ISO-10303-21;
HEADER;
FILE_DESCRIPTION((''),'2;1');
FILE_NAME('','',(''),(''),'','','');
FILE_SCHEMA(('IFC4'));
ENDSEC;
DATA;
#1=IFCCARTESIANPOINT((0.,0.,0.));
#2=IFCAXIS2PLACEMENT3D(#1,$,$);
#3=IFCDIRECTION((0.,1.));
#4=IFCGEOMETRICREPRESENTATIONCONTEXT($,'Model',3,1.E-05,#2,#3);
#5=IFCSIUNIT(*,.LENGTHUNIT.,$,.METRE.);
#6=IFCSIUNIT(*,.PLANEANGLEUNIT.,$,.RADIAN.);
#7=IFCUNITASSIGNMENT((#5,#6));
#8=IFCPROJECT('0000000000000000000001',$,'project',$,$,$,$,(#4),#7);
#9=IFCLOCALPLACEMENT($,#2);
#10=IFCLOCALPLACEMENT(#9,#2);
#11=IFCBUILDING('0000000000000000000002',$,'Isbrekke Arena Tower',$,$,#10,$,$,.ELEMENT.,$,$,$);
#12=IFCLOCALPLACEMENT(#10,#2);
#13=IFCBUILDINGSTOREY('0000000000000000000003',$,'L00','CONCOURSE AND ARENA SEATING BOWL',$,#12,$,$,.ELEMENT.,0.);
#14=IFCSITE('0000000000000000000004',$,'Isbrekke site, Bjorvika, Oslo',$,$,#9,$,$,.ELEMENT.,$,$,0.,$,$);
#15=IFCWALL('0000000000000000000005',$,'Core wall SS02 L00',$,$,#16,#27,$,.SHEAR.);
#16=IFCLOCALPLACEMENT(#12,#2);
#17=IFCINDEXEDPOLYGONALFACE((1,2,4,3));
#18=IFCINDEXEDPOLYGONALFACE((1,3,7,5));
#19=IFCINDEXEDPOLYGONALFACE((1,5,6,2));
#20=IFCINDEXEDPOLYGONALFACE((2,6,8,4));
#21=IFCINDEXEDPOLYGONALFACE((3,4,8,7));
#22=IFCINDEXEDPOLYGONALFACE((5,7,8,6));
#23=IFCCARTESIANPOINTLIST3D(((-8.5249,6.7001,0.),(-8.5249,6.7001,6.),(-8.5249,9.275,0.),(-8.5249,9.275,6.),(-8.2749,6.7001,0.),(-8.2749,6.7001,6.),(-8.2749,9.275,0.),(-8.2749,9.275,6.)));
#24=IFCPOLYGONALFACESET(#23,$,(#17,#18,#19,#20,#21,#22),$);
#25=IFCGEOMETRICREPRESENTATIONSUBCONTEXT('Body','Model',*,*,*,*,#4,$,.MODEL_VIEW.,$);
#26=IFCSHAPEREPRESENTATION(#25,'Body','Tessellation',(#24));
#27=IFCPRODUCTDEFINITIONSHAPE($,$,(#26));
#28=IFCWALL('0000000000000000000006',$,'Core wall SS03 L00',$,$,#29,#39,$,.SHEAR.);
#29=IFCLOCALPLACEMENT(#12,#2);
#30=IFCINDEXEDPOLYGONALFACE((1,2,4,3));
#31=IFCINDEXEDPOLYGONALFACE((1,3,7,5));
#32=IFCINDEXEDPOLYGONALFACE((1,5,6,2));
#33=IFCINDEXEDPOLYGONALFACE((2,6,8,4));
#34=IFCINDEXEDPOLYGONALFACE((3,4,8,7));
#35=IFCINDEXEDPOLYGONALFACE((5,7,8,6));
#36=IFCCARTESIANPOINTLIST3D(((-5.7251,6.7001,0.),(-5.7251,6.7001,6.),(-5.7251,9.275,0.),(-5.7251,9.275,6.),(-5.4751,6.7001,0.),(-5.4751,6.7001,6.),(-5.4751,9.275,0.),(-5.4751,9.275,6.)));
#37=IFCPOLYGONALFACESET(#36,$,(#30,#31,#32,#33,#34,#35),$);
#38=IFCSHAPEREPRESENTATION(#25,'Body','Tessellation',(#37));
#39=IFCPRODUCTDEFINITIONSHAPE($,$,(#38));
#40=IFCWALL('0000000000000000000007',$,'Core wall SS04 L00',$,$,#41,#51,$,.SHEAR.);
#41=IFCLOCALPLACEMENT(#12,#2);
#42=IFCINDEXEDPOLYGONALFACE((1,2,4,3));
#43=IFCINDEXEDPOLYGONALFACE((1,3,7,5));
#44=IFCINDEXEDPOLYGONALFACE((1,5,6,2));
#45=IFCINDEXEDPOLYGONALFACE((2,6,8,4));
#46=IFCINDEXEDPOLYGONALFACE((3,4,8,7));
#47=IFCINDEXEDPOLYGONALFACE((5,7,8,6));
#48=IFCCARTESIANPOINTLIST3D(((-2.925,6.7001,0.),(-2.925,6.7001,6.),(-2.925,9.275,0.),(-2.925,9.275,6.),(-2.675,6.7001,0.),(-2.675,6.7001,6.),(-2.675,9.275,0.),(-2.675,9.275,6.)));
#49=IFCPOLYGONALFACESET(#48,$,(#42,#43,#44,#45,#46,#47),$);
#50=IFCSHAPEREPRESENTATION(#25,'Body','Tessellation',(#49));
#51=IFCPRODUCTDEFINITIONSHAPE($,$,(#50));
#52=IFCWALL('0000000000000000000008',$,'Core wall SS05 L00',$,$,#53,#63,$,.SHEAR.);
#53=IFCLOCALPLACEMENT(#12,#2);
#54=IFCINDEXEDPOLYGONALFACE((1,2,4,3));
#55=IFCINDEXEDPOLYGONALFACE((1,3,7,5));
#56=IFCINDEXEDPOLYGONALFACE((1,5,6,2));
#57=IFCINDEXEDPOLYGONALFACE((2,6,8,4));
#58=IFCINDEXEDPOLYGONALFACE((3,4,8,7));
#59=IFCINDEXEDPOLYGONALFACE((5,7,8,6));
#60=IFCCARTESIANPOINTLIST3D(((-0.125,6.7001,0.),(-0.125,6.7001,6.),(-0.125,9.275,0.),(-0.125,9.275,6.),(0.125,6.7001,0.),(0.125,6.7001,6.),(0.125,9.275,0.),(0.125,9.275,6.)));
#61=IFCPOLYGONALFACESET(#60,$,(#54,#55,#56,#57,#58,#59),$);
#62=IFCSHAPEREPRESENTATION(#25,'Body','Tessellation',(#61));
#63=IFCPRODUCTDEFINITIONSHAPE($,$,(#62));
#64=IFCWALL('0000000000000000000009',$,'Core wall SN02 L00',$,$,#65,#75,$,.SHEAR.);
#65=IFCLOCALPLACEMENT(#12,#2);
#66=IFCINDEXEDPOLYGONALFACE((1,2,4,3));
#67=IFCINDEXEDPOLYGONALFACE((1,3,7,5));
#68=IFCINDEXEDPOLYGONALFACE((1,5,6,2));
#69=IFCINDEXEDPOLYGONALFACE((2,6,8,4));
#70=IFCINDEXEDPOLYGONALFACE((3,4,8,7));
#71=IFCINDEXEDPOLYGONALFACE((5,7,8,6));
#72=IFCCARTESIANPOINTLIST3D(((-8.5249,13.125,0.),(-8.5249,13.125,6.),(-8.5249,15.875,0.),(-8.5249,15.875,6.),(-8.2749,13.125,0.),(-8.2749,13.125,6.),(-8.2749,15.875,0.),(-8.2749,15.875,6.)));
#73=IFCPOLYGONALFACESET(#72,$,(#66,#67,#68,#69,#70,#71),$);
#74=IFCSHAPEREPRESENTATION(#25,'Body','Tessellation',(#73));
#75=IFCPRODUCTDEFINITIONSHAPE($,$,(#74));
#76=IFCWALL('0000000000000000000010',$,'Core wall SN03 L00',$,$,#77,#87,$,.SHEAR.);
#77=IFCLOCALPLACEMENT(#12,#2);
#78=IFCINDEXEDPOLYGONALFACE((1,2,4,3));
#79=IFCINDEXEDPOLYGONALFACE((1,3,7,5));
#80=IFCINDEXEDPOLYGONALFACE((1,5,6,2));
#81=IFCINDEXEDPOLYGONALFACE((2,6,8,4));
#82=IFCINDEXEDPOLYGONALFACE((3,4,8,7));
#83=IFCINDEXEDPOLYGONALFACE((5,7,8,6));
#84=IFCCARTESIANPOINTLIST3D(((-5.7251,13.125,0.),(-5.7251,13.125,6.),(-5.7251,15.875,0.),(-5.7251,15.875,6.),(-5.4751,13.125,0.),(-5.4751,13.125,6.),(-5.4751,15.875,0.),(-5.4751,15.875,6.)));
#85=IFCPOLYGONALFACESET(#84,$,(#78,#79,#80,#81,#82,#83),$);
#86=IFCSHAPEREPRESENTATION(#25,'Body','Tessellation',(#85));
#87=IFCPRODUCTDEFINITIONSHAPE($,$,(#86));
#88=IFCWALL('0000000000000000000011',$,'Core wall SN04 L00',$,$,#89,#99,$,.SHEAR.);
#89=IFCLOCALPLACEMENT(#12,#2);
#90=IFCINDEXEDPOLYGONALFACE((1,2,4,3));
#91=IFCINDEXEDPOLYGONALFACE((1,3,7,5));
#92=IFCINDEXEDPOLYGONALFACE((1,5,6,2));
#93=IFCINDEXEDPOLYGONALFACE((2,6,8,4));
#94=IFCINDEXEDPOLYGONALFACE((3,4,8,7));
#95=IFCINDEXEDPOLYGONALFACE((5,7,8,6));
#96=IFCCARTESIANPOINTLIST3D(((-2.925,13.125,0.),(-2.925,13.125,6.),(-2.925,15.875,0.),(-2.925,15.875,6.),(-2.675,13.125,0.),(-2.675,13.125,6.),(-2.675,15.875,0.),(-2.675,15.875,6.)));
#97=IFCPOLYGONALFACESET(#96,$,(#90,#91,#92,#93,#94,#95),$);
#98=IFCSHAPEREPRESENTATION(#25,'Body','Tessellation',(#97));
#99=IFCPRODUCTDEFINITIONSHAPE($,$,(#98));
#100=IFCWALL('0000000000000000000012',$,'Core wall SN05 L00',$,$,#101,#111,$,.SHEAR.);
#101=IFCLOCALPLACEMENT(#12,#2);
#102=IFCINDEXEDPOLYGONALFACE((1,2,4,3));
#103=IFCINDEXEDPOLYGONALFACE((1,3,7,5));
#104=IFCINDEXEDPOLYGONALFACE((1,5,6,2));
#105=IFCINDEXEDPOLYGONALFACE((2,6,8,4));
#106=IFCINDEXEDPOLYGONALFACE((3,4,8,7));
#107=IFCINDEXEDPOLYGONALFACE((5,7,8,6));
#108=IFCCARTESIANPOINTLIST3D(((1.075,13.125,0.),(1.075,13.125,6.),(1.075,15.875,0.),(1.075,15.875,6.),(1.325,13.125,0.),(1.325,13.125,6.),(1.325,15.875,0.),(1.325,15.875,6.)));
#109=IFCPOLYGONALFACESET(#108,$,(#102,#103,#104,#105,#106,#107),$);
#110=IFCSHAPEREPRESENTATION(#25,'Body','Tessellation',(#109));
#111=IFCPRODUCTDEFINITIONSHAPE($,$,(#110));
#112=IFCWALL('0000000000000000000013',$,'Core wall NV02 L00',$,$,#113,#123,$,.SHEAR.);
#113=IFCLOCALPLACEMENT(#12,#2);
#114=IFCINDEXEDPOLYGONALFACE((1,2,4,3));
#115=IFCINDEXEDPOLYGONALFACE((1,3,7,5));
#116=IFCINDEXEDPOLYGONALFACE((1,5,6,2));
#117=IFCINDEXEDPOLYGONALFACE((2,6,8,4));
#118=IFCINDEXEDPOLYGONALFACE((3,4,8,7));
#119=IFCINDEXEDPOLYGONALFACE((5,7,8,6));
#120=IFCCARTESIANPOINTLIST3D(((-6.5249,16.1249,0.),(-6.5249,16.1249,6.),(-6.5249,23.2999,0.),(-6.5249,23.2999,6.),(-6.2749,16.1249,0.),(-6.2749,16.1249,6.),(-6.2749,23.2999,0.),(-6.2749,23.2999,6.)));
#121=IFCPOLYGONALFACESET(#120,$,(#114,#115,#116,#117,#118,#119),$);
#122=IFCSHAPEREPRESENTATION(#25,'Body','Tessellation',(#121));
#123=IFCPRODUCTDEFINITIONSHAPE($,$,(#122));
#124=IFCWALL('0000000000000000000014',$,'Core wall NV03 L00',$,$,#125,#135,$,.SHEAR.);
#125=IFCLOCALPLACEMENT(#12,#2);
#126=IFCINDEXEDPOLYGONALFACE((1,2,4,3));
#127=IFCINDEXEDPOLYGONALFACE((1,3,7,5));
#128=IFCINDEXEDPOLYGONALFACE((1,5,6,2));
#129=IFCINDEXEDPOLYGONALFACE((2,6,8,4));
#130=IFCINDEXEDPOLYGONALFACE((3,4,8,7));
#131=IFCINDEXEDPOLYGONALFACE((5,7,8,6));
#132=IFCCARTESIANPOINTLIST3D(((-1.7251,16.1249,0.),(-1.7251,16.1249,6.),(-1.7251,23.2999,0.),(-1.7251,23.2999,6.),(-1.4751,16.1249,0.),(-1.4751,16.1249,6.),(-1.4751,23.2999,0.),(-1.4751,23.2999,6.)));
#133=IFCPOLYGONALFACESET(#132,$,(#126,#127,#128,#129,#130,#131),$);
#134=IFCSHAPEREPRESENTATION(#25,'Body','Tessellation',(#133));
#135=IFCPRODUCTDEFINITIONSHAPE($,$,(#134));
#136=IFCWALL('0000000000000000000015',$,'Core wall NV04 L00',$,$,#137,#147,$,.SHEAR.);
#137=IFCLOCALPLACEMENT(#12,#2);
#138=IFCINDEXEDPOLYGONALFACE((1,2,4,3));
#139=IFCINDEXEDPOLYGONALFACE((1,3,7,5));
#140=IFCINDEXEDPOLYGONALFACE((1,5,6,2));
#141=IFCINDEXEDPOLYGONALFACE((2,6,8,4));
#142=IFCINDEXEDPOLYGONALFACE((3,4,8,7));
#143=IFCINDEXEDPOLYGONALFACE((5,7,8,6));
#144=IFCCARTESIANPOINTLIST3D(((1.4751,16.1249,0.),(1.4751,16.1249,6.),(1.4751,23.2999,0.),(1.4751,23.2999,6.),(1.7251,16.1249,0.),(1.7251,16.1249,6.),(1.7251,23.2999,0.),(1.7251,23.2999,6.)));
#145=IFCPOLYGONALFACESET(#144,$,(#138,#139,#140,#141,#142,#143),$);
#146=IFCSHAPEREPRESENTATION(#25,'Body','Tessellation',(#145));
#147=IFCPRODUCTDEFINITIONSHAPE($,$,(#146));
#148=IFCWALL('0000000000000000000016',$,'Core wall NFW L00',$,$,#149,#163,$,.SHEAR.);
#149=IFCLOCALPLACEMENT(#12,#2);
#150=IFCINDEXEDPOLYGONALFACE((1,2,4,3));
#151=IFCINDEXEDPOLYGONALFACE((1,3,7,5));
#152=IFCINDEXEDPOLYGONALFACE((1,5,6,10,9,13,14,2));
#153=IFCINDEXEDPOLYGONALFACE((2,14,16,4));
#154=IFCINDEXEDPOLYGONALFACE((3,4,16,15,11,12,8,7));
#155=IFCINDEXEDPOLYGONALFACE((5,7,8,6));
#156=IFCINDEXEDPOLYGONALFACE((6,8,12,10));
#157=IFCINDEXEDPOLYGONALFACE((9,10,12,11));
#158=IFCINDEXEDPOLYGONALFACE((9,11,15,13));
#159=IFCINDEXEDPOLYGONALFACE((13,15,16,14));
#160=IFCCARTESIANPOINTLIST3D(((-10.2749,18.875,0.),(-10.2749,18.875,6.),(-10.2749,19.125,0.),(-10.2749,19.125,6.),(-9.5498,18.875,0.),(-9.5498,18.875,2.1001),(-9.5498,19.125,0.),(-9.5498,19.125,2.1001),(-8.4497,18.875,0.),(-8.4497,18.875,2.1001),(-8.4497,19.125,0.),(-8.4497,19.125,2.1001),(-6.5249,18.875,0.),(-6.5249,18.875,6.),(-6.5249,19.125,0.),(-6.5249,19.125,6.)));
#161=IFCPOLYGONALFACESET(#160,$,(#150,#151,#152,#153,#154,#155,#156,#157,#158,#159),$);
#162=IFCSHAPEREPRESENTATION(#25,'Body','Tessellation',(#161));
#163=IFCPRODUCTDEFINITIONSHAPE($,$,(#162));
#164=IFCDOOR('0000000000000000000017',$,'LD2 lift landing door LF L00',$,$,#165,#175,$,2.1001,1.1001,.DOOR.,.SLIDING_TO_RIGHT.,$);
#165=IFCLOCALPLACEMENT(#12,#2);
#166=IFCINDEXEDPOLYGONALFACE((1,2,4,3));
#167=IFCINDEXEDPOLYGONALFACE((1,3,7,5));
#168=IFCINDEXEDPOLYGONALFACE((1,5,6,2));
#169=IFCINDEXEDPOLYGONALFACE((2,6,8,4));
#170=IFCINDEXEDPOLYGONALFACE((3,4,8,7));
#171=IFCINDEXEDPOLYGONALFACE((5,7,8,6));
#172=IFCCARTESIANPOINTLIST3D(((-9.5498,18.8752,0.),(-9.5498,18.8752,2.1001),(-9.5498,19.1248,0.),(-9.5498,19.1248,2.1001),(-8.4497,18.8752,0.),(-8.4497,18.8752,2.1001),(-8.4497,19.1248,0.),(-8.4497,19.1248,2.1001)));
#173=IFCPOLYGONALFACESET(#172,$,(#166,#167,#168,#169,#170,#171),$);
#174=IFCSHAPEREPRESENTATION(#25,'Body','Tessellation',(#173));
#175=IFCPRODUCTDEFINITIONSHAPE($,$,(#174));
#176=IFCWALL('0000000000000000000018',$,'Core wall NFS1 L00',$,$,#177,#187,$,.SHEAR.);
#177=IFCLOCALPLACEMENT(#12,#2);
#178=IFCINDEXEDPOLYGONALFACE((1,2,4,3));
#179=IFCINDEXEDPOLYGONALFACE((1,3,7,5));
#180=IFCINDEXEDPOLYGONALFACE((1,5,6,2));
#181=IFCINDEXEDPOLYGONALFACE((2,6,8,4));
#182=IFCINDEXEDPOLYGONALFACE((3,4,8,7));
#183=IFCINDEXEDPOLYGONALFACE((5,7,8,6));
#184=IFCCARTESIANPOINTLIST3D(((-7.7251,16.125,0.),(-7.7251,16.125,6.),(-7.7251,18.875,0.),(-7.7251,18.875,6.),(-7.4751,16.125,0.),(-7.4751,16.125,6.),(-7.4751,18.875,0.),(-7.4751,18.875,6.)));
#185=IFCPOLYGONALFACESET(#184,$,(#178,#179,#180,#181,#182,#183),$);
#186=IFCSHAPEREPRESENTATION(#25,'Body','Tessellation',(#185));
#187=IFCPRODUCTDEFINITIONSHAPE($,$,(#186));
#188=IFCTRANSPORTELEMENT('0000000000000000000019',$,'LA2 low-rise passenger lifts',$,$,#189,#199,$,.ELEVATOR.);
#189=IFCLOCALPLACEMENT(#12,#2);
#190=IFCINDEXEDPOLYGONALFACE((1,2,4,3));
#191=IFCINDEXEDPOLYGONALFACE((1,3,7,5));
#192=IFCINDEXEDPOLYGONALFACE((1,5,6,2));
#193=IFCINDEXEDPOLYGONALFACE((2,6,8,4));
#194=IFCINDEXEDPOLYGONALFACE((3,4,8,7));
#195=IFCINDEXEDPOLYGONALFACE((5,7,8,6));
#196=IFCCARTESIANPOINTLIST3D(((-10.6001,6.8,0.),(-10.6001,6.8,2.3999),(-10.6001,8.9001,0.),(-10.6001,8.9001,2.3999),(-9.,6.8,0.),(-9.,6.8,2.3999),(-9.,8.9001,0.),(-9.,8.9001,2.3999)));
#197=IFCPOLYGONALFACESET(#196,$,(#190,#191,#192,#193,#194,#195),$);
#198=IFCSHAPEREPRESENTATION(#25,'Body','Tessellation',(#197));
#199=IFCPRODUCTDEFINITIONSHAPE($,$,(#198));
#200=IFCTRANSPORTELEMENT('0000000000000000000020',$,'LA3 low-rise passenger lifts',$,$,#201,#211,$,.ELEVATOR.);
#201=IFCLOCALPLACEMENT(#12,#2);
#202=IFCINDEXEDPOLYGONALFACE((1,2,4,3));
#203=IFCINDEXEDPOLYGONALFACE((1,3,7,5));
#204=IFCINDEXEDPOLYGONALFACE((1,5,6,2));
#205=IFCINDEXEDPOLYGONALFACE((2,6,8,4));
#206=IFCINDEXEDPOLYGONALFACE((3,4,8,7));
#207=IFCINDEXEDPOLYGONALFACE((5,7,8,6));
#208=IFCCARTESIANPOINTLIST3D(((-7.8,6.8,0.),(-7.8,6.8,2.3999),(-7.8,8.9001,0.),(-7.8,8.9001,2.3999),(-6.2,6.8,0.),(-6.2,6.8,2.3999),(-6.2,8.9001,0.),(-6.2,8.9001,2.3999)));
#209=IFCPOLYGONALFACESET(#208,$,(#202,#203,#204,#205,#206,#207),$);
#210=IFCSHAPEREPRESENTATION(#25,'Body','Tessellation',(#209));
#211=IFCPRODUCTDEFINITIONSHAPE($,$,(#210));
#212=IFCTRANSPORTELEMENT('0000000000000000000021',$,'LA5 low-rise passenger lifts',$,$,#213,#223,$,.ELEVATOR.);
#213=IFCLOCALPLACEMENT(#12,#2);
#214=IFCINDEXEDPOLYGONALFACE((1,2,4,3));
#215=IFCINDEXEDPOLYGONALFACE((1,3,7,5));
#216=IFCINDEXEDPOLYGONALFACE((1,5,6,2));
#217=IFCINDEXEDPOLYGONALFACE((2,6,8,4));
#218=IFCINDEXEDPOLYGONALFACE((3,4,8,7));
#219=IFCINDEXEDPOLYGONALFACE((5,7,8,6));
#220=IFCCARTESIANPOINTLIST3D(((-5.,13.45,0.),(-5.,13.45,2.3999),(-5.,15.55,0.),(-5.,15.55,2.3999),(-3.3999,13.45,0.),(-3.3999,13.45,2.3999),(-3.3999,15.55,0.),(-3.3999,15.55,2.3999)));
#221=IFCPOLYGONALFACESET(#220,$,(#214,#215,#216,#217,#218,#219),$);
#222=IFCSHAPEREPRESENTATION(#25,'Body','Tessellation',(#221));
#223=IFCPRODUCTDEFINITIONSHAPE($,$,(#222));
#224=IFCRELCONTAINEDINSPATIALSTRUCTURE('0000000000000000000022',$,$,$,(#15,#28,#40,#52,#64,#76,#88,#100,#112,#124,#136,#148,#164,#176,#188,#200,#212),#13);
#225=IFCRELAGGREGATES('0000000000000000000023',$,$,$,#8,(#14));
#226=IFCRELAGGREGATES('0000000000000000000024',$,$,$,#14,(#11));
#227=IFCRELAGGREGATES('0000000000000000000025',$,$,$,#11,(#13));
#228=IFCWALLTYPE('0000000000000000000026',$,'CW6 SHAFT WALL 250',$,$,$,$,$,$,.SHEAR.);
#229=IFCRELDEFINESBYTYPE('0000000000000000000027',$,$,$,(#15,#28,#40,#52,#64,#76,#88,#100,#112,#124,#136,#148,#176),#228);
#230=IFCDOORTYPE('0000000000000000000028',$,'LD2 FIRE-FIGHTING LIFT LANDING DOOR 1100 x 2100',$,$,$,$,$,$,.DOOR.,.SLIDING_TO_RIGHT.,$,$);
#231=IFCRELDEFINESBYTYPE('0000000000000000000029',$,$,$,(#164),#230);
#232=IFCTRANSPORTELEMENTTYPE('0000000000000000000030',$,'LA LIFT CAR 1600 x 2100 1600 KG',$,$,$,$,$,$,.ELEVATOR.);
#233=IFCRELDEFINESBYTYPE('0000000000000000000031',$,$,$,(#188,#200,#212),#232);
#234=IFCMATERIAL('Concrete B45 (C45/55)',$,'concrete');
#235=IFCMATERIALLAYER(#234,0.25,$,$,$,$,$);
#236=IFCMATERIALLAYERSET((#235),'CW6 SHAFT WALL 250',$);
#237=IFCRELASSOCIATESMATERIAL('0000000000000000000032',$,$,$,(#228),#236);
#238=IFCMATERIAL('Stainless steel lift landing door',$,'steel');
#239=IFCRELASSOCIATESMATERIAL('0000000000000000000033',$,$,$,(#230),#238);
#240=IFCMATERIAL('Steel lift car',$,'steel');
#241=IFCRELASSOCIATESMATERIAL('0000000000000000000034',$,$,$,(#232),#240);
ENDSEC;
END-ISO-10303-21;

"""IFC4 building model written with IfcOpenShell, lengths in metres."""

from ifc_helpers import new_model, si_unit, direction, frame, frame_2d, origin, origin_2d, place, context, subcontext, project, spatial, rectangle, extrude, material, layer, layer_set, type_object, element, fill, save


model = new_model("IFC4")

# Units and contexts
model_context = context("Model", 3, precision=1e-05, world=origin(), true_north=direction((0.0, 1.0)))
body_context = subcontext(model_context, "Body", "Model", "MODEL_VIEW")
ifc_project = project(units=[si_unit("LENGTHUNIT", "METRE"), si_unit("PLANEANGLEUNIT", "RADIAN")], contexts=[model_context])

# Site, building, storey
site_placement = place(None, origin())
site = spatial("IfcSite", under=ifc_project, at=site_placement, Name="Isbrekke site, Bjorvika, Oslo", CompositionType="ELEMENT", RefElevation=0.0)
building_placement = place(site_placement, origin())
building = spatial("IfcBuilding", under=site, at=building_placement, Name="Isbrekke Arena Tower", CompositionType="ELEMENT")
storey_placement = place(building_placement, origin())
storey = spatial("IfcBuildingStorey", under=building, at=storey_placement, Name="L00", Description="CONCOURSE AND ARENA SEATING BOWL", CompositionType="ELEMENT", Elevation=0.0)

# Walls
ifc_material_1 = material(Name="Concrete B45 (C45/55)", Category="concrete")
ifc_layer = layer(ifc_material_1, 0.25)
ifc_layer_set = layer_set([ifc_layer], Name="CW6 SHAFT WALL 250")
wall_type = type_object("IfcWallType", Name="CW6 SHAFT WALL 250", PredefinedType="SHEAR", material=ifc_layer_set)
for number, where, z_axis, x_axis, name in (
    (1, (-8.3999, 6.7, 0.0), (0.0, 0.0, 1.0), (0.0, 1.0, 0.0), "Core wall SS02 L00"),
    (2, (-5.6001, 6.7, 0.0), (0.0, 0.0, 1.0), (0.0, 1.0, 0.0), "Core wall SS03 L00"),
    (3, (-2.8, 6.7, 0.0), (0.0, 0.0, 1.0), (0.0, 1.0, 0.0), "Core wall SS04 L00"),
    (4, (0.0, 6.7, 0.0), (0.0, 0.0, 1.0), (0.0, 1.0, 0.0), "Core wall SS05 L00"),
):
    element("IfcWall", number, at=place(storey_placement, frame(where, z_axis=z_axis, x_axis=x_axis)), inside=storey, type_object=wall_type, Name=name, PredefinedType="SHEAR", context=body_context, shape_type="SweptSolid", body=[
        extrude(rectangle(XDim=2.575, YDim=0.25, at=frame_2d((1.2876, 0.0))), origin(), (0.0, 0.0, 1.0), 6.0),
    ])
for number, where, z_axis, x_axis, name in (
    (5, (-8.3999, 13.125, 0.0), (0.0, 0.0, 1.0), (0.0, 1.0, 0.0), "Core wall SN02 L00"),
    (6, (-5.6001, 13.125, 0.0), (0.0, 0.0, 1.0), (0.0, 1.0, 0.0), "Core wall SN03 L00"),
    (7, (-2.8, 13.125, 0.0), (0.0, 0.0, 1.0), (0.0, 1.0, 0.0), "Core wall SN04 L00"),
    (8, (1.2, 13.125, 0.0), (0.0, 0.0, 1.0), (0.0, 1.0, 0.0), "Core wall SN05 L00"),
):
    element("IfcWall", number, at=place(storey_placement, frame(where, z_axis=z_axis, x_axis=x_axis)), inside=storey, type_object=wall_type, Name=name, PredefinedType="SHEAR", context=body_context, shape_type="SweptSolid", body=[
        extrude(rectangle(XDim=2.75, YDim=0.25, at=frame_2d((1.375, 0.0))), origin(), (0.0, 0.0, 1.0), 6.0),
    ])
for number, where, z_axis, x_axis, name in (
    (9, (-6.3999, 16.125, 0.0), (0.0, 0.0, 1.0), (0.0, 1.0, 0.0), "Core wall NV02 L00"),
    (10, (-1.6001, 16.125, 0.0), (0.0, 0.0, 1.0), (0.0, 1.0, 0.0), "Core wall NV03 L00"),
    (11, (1.6001, 16.125, 0.0), (0.0, 0.0, 1.0), (0.0, 1.0, 0.0), "Core wall NV04 L00"),
):
    element("IfcWall", number, at=place(storey_placement, frame(where, z_axis=z_axis, x_axis=x_axis)), inside=storey, type_object=wall_type, Name=name, PredefinedType="SHEAR", context=body_context, shape_type="SweptSolid", body=[
        extrude(rectangle(XDim=7.175, YDim=0.25, at=frame_2d((3.5874, 0.0))), origin(), (0.0, 0.0, 1.0), 6.0),
    ])

# Wall, opening, door
wall_1_placement = place(storey_placement, frame((-10.2749, 19.0, 0.0), z_axis=(0.0, 0.0, 1.0), x_axis=(1.0, 0.0, 0.0)))
wall_1 = element("IfcWall", 12, at=wall_1_placement, inside=storey, type_object=wall_type, Name="Core wall NFW L00", PredefinedType="SHEAR", context=body_context, shape_type="SweptSolid", body=[
    extrude(rectangle(XDim=3.75, YDim=0.25, at=frame_2d((1.875, 0.0))), origin(), (0.0, 0.0, 1.0), 6.0),
])
opening_placement = place(wall_1_placement, frame((0.7251, 0.0, 0.0)))
opening = element("IfcOpeningElement", 13, at=opening_placement, cuts=wall_1, PredefinedType="OPENING", context=body_context, shape_type="SweptSolid", body=[
    extrude(rectangle(XDim=1.1001, YDim=2.1001, at=frame_2d((0.55, 1.05))), frame((0.0, 0.1399, 0.0), z_axis=(0.0, -1.0, 0.0), x_axis=(1.0, 0.0, 0.0)), (0.0, 0.0, 1.0), 0.2798),
])
ifc_material_2 = material(Name="Stainless steel lift landing door", Category="steel")
door_type = type_object("IfcDoorType", Name="LD2 FIRE-FIGHTING LIFT LANDING DOOR 1100 x 2100", OperationType="SLIDING_TO_RIGHT", PredefinedType="DOOR", material=ifc_material_2)
door_placement = place(opening_placement, origin())
door = element("IfcDoor", 14, at=door_placement, inside=storey, type_object=door_type, Name="LD2 lift landing door LF L00", OperationType="SLIDING_TO_RIGHT", OverallHeight=2.1001, OverallWidth=1.1001, PredefinedType="DOOR", context=body_context, shape_type="SweptSolid", body=[
    extrude(rectangle(XDim=1.1001, YDim=2.1001, at=frame_2d((0.55, 1.05))), frame((0.0, 0.1248, 0.0), z_axis=(0.0, -1.0, 0.0), x_axis=(1.0, 0.0, 0.0)), (0.0, 0.0, 1.0), 0.2495),
])
fill(opening, door)

# Wall
wall_2_placement = place(storey_placement, frame((-7.6001, 16.125, 0.0), z_axis=(0.0, 0.0, 1.0), x_axis=(0.0, 1.0, 0.0)))
element("IfcWall", 15, at=wall_2_placement, inside=storey, type_object=wall_type, Name="Core wall NFS1 L00", PredefinedType="SHEAR", context=body_context, shape_type="SweptSolid", body=[
    extrude(rectangle(XDim=2.75, YDim=0.25, at=frame_2d((1.375, 0.0))), origin(), (0.0, 0.0, 1.0), 6.0),
])

# Transport elements
ifc_material_3 = material(Name="Steel lift car", Category="steel")
transport_element_type_1 = type_object("IfcTransportElementType", Name="LA LIFT CAR 1600 x 2100 1600 KG", PredefinedType="ELEVATOR", material=ifc_material_3)
for number, where, z_axis, x_axis, name in (
    (16, (-9.8, 7.8501, 0.0), (0.0, 0.0, 1.0), (1.0, 0.0, 0.0), "LA2 low-rise passenger lifts"),
    (17, (-7.0, 7.8501, 0.0), (0.0, 0.0, 1.0), (1.0, 0.0, 0.0), "LA3 low-rise passenger lifts"),
    (18, (-4.2, 14.5, 0.0), (0.0, 0.0, 1.0), (1.0, 0.0, 0.0), "LA5 low-rise passenger lifts"),
):
    element("IfcTransportElement", number, at=place(storey_placement, frame(where, z_axis=z_axis, x_axis=x_axis)), inside=storey, type_object=transport_element_type_1, Name=name, PredefinedType="ELEVATOR", context=body_context, shape_type="SweptSolid", body=[
        extrude(rectangle(XDim=1.6001, YDim=2.1001, at=origin_2d()), origin(), (0.0, 0.0, 1.0), 2.3999),
    ])

save(model, "model.ifc")
